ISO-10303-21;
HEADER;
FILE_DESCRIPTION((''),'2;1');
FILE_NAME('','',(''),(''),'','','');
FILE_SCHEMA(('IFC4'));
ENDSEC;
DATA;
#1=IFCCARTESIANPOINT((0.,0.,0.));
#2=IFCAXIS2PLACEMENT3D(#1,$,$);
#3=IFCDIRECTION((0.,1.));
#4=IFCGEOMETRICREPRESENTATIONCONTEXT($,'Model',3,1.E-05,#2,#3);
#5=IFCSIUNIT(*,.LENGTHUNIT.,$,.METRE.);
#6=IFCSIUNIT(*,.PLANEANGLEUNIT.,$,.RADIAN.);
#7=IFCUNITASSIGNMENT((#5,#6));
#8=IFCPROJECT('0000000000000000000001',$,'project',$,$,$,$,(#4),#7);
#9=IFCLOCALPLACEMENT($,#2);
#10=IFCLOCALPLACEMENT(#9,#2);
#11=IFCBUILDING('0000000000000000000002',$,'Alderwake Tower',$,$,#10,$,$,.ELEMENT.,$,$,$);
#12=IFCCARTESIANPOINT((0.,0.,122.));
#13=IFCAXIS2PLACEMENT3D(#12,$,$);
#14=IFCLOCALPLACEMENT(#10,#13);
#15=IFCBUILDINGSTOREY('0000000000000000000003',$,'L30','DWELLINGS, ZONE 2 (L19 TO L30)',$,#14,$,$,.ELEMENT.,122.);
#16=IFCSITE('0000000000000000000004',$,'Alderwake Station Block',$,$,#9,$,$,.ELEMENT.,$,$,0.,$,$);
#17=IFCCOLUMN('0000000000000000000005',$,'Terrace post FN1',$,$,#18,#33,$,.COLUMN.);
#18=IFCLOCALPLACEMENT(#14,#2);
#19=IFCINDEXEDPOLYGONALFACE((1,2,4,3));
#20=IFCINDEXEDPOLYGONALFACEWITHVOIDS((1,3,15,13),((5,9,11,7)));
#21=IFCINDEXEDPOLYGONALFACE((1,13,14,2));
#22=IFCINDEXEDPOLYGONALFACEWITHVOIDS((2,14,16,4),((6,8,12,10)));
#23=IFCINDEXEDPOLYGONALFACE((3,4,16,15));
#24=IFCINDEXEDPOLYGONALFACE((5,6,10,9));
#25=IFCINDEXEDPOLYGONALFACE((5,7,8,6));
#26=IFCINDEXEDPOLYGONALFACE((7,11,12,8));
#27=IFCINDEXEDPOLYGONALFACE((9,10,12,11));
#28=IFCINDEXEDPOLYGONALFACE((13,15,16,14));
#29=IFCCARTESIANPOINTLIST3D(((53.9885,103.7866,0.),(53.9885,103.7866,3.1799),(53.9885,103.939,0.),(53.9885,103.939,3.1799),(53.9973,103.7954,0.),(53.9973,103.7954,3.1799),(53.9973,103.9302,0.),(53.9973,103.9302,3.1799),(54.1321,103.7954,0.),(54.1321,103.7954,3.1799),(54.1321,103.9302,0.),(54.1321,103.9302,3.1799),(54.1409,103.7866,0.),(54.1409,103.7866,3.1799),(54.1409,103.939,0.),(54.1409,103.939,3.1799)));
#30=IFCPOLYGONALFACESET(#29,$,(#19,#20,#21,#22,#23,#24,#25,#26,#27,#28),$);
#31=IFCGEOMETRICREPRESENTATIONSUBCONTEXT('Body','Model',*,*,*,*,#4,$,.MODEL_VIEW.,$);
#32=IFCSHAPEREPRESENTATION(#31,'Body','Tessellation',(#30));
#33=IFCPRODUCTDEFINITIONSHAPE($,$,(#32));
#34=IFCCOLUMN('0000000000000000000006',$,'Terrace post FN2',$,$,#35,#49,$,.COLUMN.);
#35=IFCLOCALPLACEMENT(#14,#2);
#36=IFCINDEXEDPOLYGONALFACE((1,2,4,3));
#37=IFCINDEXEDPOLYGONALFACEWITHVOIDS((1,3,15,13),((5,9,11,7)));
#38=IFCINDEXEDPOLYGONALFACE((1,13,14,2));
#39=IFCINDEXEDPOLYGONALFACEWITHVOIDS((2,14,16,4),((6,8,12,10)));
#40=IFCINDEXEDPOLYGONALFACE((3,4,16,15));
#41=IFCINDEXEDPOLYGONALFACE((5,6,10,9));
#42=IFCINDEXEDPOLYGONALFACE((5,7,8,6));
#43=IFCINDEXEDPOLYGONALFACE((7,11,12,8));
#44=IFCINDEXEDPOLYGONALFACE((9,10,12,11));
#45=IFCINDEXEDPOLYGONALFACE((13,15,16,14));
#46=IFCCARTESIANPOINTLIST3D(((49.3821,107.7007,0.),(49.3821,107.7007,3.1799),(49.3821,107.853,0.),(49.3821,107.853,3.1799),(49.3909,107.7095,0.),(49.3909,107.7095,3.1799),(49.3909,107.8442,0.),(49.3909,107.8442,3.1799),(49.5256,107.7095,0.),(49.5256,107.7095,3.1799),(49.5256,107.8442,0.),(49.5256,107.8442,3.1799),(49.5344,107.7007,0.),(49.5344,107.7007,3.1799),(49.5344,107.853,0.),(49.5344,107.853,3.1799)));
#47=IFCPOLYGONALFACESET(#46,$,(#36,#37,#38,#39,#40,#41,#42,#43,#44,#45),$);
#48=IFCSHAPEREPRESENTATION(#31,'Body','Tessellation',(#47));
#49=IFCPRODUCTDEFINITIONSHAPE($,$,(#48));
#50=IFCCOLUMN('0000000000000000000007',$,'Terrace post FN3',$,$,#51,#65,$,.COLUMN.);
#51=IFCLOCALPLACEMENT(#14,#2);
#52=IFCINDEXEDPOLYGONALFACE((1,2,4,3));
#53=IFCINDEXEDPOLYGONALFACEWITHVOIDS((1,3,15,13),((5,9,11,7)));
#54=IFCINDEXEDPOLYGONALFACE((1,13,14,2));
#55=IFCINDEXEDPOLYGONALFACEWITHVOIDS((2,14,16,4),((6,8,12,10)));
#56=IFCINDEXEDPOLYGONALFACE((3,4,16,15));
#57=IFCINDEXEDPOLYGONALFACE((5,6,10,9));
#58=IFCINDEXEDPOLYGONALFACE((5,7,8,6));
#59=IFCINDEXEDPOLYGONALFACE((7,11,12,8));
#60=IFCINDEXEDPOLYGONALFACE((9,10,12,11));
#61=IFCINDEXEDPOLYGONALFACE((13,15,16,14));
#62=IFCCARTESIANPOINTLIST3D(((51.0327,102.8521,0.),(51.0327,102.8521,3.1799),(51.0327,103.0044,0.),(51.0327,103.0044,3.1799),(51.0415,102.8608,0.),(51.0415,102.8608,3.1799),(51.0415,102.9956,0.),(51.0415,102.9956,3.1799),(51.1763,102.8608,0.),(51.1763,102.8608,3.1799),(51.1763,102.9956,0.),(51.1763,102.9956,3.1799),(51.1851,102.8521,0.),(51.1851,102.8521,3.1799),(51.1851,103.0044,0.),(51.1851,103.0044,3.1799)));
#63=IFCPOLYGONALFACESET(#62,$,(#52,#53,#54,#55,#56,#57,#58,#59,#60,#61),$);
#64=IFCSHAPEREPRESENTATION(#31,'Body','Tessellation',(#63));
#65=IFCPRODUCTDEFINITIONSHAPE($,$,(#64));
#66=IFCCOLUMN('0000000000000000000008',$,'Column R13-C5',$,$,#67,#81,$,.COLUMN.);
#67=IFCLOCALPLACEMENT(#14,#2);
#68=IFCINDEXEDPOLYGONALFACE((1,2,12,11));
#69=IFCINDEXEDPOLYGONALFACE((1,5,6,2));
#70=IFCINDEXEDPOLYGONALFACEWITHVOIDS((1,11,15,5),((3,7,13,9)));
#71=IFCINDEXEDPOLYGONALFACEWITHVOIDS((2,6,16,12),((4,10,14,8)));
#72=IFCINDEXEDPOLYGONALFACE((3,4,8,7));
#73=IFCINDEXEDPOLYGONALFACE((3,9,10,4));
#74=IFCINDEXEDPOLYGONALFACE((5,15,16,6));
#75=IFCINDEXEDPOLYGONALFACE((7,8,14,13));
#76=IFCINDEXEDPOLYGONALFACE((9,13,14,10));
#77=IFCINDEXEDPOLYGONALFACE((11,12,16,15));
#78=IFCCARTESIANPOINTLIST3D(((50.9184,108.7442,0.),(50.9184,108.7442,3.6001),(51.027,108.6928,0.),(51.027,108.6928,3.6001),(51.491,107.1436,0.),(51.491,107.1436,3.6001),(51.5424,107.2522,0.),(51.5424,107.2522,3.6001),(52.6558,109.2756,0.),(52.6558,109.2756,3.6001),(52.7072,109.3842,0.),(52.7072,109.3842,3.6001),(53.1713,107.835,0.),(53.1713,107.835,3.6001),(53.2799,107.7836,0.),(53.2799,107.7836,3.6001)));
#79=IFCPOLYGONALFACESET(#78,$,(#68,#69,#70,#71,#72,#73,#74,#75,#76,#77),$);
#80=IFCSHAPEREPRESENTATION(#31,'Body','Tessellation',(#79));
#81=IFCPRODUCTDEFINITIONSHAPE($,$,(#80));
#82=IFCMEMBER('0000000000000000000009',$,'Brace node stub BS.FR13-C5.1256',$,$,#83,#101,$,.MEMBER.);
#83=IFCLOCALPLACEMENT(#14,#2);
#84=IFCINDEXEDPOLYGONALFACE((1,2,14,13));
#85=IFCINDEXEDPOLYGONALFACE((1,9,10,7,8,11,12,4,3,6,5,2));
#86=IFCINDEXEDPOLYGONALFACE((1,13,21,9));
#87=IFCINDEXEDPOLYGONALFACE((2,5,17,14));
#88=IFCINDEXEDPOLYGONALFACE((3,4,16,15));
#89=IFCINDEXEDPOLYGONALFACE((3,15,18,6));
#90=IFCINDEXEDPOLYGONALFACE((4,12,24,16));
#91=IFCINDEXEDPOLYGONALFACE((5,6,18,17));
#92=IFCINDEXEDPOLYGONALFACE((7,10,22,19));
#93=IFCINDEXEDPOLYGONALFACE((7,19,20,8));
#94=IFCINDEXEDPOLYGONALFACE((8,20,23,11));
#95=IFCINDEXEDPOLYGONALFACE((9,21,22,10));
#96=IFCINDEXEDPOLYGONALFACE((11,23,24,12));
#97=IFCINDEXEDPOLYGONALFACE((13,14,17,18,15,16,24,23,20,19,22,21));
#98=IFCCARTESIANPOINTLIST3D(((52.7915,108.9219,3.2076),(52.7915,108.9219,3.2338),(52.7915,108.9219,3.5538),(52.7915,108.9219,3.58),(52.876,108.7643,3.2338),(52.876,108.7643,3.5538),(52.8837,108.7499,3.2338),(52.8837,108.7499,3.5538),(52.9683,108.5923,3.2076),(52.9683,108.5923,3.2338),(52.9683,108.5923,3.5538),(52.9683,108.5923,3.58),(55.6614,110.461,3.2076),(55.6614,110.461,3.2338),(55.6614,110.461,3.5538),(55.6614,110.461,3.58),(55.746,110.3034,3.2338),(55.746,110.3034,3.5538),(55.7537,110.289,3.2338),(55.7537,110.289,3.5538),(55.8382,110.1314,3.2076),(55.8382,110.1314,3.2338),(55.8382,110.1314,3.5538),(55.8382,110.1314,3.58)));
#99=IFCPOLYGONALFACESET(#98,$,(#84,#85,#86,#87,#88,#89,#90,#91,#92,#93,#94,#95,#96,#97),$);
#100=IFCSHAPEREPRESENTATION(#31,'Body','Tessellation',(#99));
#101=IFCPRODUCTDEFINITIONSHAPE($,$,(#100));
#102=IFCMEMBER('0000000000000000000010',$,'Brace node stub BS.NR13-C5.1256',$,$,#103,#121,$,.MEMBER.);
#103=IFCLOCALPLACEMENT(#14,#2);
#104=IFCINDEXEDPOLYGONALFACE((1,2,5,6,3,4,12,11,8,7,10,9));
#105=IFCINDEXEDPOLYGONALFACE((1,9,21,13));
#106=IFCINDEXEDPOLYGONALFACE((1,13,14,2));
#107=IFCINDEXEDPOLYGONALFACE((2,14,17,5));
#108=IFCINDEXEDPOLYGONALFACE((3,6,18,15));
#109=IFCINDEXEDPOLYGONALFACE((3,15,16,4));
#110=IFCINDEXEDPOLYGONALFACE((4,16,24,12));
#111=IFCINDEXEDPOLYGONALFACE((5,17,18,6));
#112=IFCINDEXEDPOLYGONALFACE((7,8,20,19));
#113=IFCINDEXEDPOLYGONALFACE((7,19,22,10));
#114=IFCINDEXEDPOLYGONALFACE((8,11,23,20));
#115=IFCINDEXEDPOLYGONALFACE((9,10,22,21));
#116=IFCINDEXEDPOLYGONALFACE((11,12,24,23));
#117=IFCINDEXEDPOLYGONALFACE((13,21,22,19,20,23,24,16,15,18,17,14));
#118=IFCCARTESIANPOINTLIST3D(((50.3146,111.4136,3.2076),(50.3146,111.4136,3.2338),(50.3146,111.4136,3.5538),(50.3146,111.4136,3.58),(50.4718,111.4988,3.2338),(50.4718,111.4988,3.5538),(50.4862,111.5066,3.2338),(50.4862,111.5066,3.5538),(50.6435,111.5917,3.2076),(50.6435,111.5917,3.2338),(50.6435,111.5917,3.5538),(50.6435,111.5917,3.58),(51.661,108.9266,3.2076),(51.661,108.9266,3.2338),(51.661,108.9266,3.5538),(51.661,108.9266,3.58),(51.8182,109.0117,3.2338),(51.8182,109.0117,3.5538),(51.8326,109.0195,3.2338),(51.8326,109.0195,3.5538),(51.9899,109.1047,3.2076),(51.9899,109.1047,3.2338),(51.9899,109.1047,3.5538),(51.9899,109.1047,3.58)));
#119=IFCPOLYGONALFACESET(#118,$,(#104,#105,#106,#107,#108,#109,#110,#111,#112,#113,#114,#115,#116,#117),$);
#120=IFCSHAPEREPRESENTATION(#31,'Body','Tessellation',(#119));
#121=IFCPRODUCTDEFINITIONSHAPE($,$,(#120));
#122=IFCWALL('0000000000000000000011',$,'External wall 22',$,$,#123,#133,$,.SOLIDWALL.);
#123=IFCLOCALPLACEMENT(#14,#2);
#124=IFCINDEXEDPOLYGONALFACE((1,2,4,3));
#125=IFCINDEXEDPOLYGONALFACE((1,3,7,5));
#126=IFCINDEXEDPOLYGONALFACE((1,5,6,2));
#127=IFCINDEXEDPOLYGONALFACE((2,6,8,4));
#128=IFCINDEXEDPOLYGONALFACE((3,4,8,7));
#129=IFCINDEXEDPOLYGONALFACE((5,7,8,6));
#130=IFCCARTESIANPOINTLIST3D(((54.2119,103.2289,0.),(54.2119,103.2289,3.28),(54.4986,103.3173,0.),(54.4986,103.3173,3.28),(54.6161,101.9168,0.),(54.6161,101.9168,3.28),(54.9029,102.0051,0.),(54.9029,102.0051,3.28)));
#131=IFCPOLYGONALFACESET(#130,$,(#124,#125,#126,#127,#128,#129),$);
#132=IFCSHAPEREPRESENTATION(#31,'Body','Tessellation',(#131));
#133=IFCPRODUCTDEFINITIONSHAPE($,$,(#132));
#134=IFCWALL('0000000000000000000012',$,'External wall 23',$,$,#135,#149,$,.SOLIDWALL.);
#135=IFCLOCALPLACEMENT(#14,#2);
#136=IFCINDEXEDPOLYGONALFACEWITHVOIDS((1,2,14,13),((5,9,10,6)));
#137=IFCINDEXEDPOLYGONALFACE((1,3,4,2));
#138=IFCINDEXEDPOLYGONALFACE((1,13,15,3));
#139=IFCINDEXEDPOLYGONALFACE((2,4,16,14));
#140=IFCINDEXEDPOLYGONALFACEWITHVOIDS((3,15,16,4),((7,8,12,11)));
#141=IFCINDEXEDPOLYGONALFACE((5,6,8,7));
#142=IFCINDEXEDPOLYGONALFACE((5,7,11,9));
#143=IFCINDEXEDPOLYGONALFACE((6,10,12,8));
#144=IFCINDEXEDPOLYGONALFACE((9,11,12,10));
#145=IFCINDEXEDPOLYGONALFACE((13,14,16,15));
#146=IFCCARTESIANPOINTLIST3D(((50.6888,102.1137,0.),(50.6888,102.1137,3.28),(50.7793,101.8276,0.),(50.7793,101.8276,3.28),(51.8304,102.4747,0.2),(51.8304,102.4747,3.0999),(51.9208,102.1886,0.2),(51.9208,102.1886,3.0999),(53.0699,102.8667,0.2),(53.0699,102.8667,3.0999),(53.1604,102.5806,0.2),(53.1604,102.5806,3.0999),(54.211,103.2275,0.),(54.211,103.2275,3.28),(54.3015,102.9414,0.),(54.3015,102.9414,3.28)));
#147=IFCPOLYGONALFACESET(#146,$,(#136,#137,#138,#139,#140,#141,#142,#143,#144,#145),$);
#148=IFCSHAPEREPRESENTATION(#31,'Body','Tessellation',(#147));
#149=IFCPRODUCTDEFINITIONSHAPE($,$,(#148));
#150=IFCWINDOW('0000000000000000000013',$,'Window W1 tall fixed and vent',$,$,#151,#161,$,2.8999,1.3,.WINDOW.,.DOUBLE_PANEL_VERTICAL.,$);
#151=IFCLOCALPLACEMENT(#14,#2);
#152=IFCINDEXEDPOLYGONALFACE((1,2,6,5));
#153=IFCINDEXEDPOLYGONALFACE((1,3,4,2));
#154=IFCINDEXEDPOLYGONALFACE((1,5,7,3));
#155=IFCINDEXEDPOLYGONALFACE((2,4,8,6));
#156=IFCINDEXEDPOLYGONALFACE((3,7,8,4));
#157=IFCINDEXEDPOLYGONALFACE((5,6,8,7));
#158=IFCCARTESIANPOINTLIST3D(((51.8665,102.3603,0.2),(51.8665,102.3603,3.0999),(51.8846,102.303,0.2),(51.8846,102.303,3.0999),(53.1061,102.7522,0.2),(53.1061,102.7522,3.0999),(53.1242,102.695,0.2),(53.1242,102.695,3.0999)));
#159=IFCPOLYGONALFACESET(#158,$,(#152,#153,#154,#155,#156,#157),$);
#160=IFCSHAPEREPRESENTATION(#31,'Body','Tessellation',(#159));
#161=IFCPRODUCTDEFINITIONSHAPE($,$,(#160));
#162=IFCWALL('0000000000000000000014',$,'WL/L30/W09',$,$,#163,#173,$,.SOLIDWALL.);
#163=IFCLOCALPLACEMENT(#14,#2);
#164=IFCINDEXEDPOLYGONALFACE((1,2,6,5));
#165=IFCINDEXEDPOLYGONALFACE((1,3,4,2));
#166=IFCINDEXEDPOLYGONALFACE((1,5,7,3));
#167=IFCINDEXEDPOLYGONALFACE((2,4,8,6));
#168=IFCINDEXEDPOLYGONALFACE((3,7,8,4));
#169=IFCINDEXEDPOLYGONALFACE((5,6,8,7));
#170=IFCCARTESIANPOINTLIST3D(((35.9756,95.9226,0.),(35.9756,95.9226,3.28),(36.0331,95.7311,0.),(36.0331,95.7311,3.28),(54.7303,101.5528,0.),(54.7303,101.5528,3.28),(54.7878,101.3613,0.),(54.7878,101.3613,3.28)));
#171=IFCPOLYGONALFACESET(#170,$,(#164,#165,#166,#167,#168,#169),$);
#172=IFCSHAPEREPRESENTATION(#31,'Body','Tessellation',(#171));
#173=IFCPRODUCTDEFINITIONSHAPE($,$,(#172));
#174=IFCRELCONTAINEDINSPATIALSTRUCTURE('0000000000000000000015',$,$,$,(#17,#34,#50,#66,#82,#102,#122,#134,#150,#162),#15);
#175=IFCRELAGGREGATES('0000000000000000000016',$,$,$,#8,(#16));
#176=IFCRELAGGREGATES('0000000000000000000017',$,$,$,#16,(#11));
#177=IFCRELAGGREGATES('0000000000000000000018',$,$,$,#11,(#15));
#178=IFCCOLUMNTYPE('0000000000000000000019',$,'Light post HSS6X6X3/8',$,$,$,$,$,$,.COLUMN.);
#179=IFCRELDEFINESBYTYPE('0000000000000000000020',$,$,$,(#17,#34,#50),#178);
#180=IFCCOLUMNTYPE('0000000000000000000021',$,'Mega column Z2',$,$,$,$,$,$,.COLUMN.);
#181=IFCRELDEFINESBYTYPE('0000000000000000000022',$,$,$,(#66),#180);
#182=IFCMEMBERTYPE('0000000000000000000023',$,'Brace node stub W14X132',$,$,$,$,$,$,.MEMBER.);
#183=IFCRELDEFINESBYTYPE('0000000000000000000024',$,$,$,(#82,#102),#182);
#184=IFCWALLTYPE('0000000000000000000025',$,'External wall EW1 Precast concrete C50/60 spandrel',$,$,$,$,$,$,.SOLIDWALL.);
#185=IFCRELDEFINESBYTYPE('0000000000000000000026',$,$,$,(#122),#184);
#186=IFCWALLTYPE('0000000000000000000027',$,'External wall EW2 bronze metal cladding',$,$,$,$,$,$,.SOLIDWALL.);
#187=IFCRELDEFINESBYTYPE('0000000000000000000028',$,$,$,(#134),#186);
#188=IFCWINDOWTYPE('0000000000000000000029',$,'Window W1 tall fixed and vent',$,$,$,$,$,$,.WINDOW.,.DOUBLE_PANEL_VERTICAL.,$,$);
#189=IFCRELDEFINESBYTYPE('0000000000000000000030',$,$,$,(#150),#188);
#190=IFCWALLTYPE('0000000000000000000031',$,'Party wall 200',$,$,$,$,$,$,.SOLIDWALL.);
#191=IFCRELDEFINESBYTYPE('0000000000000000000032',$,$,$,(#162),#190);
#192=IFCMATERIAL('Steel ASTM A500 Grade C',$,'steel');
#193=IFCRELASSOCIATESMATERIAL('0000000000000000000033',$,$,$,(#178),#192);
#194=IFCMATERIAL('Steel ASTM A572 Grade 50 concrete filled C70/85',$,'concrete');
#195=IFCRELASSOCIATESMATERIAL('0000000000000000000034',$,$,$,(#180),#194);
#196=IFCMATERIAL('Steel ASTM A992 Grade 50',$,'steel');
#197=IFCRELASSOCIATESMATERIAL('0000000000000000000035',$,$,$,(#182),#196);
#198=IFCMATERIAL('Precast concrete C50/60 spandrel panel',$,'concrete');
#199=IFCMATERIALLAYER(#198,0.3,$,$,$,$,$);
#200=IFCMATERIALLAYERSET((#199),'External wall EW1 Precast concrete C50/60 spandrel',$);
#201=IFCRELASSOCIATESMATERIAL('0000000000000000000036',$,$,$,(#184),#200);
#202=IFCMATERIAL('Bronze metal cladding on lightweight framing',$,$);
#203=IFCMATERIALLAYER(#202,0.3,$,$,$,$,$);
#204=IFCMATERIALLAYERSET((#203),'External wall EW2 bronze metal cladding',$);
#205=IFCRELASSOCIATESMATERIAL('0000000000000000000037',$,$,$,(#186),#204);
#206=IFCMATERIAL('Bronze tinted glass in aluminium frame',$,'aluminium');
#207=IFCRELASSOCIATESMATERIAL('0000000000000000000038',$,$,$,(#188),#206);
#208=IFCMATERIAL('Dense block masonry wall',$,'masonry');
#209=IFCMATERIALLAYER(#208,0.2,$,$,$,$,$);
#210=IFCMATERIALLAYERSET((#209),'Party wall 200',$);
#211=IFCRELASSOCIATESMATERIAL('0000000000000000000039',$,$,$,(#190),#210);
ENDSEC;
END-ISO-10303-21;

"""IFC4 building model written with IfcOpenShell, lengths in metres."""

from ifc_helpers import new_model, si_unit, direction, frame, frame_2d, origin, origin_2d, place, context, subcontext, project, spatial, rectangle, hollow_rectangle, i_section, extrude, material, layer, layer_set, material_profile, profile_set, type_object, element, fill, save


model = new_model("IFC4")

# Units and contexts
model_context = context("Model", 3, precision=1e-05, world=origin(), true_north=direction((0.0, 1.0)))
body_context = subcontext(model_context, "Body", "Model", "MODEL_VIEW")
ifc_project = project(units=[si_unit("LENGTHUNIT", "METRE"), si_unit("PLANEANGLEUNIT", "RADIAN")], contexts=[model_context])

# Site, building, storey
site_placement = place(None, origin())
site = spatial("IfcSite", under=ifc_project, at=site_placement, Name="Alderwake Station Block", CompositionType="ELEMENT", RefElevation=0.0)
building_placement = place(site_placement, origin())
building = spatial("IfcBuilding", under=site, at=building_placement, Name="Alderwake Tower", CompositionType="ELEMENT")
storey_placement = place(building_placement, frame((0.0, 0.0, 122.0)))
storey = spatial("IfcBuildingStorey", under=building, at=storey_placement, Name="L30", Description="DWELLINGS, ZONE 2 (L19 TO L30)", CompositionType="ELEMENT", Elevation=122.0)

# Columns
ifc_material_1 = material(Name="Steel ASTM A500 Grade C", Category="steel")
ifc_material_profile_1 = material_profile(ifc_material_1, hollow_rectangle(XDim=0.1523, YDim=0.1523, WallThickness=0.0088, at=origin_2d()), Name="HSS6X6X3/8")
ifc_profile_set_1 = profile_set([ifc_material_profile_1], Name="Steel ASTM A500 Grade C")
column_type_1 = type_object("IfcColumnType", Name="Light post HSS6X6X3/8", PredefinedType="COLUMN", material=ifc_profile_set_1)
for number, where, z_axis, x_axis, name in (
    (1, (54.0647, 103.8628, 0.0), (0.0, 0.0, 1.0), (1.0, 0.0, 0.0), "Terrace post FN1"),
    (2, (49.4583, 107.7769, 0.0), (0.0, 0.0, 1.0), (1.0, 0.0, 0.0), "Terrace post FN2"),
    (3, (51.1089, 102.9282, 0.0), (0.0, 0.0, 1.0), (1.0, 0.0, 0.0), "Terrace post FN3"),
):
    element("IfcColumn", number, at=place(storey_placement, frame(where, z_axis=z_axis, x_axis=x_axis)), inside=storey, type_object=column_type_1, Name=name, PredefinedType="COLUMN", context=body_context, shape_type="SweptSolid", body=[
        extrude(hollow_rectangle(XDim=0.1523, YDim=0.1523, WallThickness=0.0088, at=origin_2d()), origin(), (0.0, 0.0, 1.0), 3.1799),
    ])
ifc_material_2 = material(Name="Steel ASTM A572 Grade 50 concrete filled C70/85", Category="concrete")
ifc_material_profile_2 = material_profile(ifc_material_2, hollow_rectangle(XDim=1.7, YDim=1.8999, WallThickness=0.085, at=origin_2d()), Name="BOX 1900X1700X85")
ifc_profile_set_2 = profile_set([ifc_material_profile_2], Name="Steel ASTM A572 Grade 50 concrete filled C70/85")
column_type_2 = type_object("IfcColumnType", Name="Mega column Z2", PredefinedType="COLUMN", material=ifc_profile_set_2)
column_placement = place(storey_placement, frame((52.0991, 108.2639, 0.0), z_axis=(0.0, 0.0, 1.0), x_axis=(-0.336878, 0.941548, 0.0)))
element("IfcColumn", 4, at=column_placement, inside=storey, type_object=column_type_2, Name="Column R13-C5", PredefinedType="COLUMN", context=body_context, shape_type="SweptSolid", body=[
    extrude(hollow_rectangle(XDim=1.7, YDim=1.8999, WallThickness=0.085, at=origin_2d()), origin(), (0.0, 0.0, 1.0), 3.6001),
])

# Members
ifc_material_3 = material(Name="Steel ASTM A992 Grade 50", Category="steel")
ifc_material_profile_3 = material_profile(ifc_material_3, i_section(OverallWidth=0.374, OverallDepth=0.3723, WebThickness=0.0164, FlangeThickness=0.0261, at=origin_2d()), Name="W14X132")
ifc_profile_set_3 = profile_set([ifc_material_profile_3], Name="Steel ASTM A992 Grade 50")
member_type = type_object("IfcMemberType", Name="Brace node stub W14X132", PredefinedType="MEMBER", material=ifc_profile_set_3)
member_1_placement = place(storey_placement, frame((52.8799, 108.7571, 3.3938), z_axis=(0.881271, 0.47261, 0.0), x_axis=(-0.47261, 0.881271, 0.0)))
element("IfcMember", 5, at=member_1_placement, inside=storey, type_object=member_type, Name="Brace node stub BS.FR13-C5.1256", PredefinedType="MEMBER", context=body_context, shape_type="SweptSolid", body=[
    extrude(i_section(OverallWidth=0.374, OverallDepth=0.3723, WebThickness=0.0164, FlangeThickness=0.0261, at=origin_2d()), origin(), (0.0, 0.0, 1.0), 3.2566),
])
member_2_placement = place(storey_placement, frame((51.8254, 109.0156, 3.3938), z_axis=(-0.476086, 0.879399, 0.0), x_axis=(-0.879399, -0.476086, 0.0)))
element("IfcMember", 6, at=member_2_placement, inside=storey, type_object=member_type, Name="Brace node stub BS.NR13-C5.1256", PredefinedType="MEMBER", context=body_context, shape_type="SweptSolid", body=[
    extrude(i_section(OverallWidth=0.374, OverallDepth=0.3723, WebThickness=0.0164, FlangeThickness=0.0261, at=origin_2d()), origin(), (0.0, 0.0, 1.0), 2.8281),
])

# Wall
ifc_material_4 = material(Name="Precast concrete C50/60 spandrel panel", Category="concrete")
ifc_layer_1 = layer(ifc_material_4, 0.3)
ifc_layer_set_1 = layer_set([ifc_layer_1], Name="External wall EW1 Precast concrete C50/60 spandrel")
wall_type_1 = type_object("IfcWallType", Name="External wall EW1 Precast concrete C50/60 spandrel", PredefinedType="SOLIDWALL", material=ifc_layer_set_1)
wall_1_placement = place(storey_placement, frame((54.7595, 101.9609, 0.0), z_axis=(0.0, 0.0, 1.0), x_axis=(-0.294436, 0.955671, 0.0)))
element("IfcWall", 7, at=wall_1_placement, inside=storey, type_object=wall_type_1, Name="External wall 22", PredefinedType="SOLIDWALL", context=body_context, shape_type="SweptSolid", body=[
    extrude(rectangle(XDim=1.373, YDim=0.3, at=frame_2d((0.6865, 0.0))), origin(), (0.0, 0.0, 1.0), 3.28),
])

# Wall, opening, window
ifc_material_5 = material(Name="Bronze metal cladding on lightweight framing")
ifc_layer_2 = layer(ifc_material_5, 0.3)
ifc_layer_set_2 = layer_set([ifc_layer_2], Name="External wall EW2 bronze metal cladding")
wall_type_2 = type_object("IfcWallType", Name="External wall EW2 bronze metal cladding", PredefinedType="SOLIDWALL", material=ifc_layer_set_2)
wall_2_placement = place(storey_placement, frame((54.2563, 103.0845, 0.0), z_axis=(0.0, 0.0, 1.0), x_axis=(-0.953467, -0.301498, 0.0)))
wall_2 = element("IfcWall", 8, at=wall_2_placement, inside=storey, type_object=wall_type_2, Name="External wall 23", PredefinedType="SOLIDWALL", context=body_context, shape_type="SweptSolid", body=[
    extrude(rectangle(XDim=3.6941, YDim=0.3, at=frame_2d((1.8472, 0.0))), origin(), (0.0, 0.0, 1.0), 3.28),
])
opening_1_placement = place(wall_2_placement, frame((1.197, 0.0, 0.2)))
opening_1 = element("IfcOpeningElement", 9, at=opening_1_placement, cuts=wall_2, PredefinedType="OPENING", context=body_context, shape_type="SweptSolid", body=[
    extrude(rectangle(XDim=1.3, YDim=2.8999, at=frame_2d((0.6499, 1.45))), frame((0.0, 0.1599, 0.0), z_axis=(0.0, -1.0, 0.0), x_axis=(1.0, 0.0, 0.0)), (0.0, 0.0, 1.0), 0.3201),
])
ifc_material_6 = material(Name="Bronze tinted glass in aluminium frame", Category="aluminium")
window_type = type_object("IfcWindowType", Name="Window W1 tall fixed and vent", PartitioningType="DOUBLE_PANEL_VERTICAL", PredefinedType="WINDOW", material=ifc_material_6)
window_1_placement = place(opening_1_placement, origin())
window_1 = element("IfcWindow", 10, at=window_1_placement, inside=storey, type_object=window_type, Name="Window W1 tall fixed and vent", OverallHeight=2.8999, OverallWidth=1.3, PartitioningType="DOUBLE_PANEL_VERTICAL", PredefinedType="WINDOW", context=body_context, shape_type="SweptSolid", body=[
    extrude(rectangle(XDim=1.3, YDim=2.8999, at=frame_2d((0.6499, 1.45))), frame((0.0, 0.03, 0.0), z_axis=(0.0, -1.0, 0.0), x_axis=(1.0, 0.0, 0.0)), (0.0, 0.0, 1.0), 0.0601),
])
fill(opening_1, window_1)

# Wall
ifc_material_7 = material(Name="Dense block masonry wall", Category="masonry")
ifc_layer_3 = layer(ifc_material_7, 0.2)
ifc_layer_set_3 = layer_set([ifc_layer_3], Name="Party wall 200")
wall_type_3 = type_object("IfcWallType", Name="Party wall 200", PredefinedType="SOLIDWALL", material=ifc_layer_set_3)
wall_3_placement = place(storey_placement, frame((54.759, 101.457, 0.0), z_axis=(0.0, 0.0, 1.0), x_axis=(-0.957774, -0.287523, 0.0)))
element("IfcWall", 11, at=wall_3_placement, inside=storey, type_object=wall_type_3, Name="WL/L30/W09", PredefinedType="SOLIDWALL", context=body_context, shape_type="SweptSolid", body=[
    extrude(rectangle(XDim=19.5815, YDim=0.2, at=frame_2d((9.7908, 0.0))), origin(), (0.0, 0.0, 1.0), 3.28),
])

save(model, "model.ifc")
